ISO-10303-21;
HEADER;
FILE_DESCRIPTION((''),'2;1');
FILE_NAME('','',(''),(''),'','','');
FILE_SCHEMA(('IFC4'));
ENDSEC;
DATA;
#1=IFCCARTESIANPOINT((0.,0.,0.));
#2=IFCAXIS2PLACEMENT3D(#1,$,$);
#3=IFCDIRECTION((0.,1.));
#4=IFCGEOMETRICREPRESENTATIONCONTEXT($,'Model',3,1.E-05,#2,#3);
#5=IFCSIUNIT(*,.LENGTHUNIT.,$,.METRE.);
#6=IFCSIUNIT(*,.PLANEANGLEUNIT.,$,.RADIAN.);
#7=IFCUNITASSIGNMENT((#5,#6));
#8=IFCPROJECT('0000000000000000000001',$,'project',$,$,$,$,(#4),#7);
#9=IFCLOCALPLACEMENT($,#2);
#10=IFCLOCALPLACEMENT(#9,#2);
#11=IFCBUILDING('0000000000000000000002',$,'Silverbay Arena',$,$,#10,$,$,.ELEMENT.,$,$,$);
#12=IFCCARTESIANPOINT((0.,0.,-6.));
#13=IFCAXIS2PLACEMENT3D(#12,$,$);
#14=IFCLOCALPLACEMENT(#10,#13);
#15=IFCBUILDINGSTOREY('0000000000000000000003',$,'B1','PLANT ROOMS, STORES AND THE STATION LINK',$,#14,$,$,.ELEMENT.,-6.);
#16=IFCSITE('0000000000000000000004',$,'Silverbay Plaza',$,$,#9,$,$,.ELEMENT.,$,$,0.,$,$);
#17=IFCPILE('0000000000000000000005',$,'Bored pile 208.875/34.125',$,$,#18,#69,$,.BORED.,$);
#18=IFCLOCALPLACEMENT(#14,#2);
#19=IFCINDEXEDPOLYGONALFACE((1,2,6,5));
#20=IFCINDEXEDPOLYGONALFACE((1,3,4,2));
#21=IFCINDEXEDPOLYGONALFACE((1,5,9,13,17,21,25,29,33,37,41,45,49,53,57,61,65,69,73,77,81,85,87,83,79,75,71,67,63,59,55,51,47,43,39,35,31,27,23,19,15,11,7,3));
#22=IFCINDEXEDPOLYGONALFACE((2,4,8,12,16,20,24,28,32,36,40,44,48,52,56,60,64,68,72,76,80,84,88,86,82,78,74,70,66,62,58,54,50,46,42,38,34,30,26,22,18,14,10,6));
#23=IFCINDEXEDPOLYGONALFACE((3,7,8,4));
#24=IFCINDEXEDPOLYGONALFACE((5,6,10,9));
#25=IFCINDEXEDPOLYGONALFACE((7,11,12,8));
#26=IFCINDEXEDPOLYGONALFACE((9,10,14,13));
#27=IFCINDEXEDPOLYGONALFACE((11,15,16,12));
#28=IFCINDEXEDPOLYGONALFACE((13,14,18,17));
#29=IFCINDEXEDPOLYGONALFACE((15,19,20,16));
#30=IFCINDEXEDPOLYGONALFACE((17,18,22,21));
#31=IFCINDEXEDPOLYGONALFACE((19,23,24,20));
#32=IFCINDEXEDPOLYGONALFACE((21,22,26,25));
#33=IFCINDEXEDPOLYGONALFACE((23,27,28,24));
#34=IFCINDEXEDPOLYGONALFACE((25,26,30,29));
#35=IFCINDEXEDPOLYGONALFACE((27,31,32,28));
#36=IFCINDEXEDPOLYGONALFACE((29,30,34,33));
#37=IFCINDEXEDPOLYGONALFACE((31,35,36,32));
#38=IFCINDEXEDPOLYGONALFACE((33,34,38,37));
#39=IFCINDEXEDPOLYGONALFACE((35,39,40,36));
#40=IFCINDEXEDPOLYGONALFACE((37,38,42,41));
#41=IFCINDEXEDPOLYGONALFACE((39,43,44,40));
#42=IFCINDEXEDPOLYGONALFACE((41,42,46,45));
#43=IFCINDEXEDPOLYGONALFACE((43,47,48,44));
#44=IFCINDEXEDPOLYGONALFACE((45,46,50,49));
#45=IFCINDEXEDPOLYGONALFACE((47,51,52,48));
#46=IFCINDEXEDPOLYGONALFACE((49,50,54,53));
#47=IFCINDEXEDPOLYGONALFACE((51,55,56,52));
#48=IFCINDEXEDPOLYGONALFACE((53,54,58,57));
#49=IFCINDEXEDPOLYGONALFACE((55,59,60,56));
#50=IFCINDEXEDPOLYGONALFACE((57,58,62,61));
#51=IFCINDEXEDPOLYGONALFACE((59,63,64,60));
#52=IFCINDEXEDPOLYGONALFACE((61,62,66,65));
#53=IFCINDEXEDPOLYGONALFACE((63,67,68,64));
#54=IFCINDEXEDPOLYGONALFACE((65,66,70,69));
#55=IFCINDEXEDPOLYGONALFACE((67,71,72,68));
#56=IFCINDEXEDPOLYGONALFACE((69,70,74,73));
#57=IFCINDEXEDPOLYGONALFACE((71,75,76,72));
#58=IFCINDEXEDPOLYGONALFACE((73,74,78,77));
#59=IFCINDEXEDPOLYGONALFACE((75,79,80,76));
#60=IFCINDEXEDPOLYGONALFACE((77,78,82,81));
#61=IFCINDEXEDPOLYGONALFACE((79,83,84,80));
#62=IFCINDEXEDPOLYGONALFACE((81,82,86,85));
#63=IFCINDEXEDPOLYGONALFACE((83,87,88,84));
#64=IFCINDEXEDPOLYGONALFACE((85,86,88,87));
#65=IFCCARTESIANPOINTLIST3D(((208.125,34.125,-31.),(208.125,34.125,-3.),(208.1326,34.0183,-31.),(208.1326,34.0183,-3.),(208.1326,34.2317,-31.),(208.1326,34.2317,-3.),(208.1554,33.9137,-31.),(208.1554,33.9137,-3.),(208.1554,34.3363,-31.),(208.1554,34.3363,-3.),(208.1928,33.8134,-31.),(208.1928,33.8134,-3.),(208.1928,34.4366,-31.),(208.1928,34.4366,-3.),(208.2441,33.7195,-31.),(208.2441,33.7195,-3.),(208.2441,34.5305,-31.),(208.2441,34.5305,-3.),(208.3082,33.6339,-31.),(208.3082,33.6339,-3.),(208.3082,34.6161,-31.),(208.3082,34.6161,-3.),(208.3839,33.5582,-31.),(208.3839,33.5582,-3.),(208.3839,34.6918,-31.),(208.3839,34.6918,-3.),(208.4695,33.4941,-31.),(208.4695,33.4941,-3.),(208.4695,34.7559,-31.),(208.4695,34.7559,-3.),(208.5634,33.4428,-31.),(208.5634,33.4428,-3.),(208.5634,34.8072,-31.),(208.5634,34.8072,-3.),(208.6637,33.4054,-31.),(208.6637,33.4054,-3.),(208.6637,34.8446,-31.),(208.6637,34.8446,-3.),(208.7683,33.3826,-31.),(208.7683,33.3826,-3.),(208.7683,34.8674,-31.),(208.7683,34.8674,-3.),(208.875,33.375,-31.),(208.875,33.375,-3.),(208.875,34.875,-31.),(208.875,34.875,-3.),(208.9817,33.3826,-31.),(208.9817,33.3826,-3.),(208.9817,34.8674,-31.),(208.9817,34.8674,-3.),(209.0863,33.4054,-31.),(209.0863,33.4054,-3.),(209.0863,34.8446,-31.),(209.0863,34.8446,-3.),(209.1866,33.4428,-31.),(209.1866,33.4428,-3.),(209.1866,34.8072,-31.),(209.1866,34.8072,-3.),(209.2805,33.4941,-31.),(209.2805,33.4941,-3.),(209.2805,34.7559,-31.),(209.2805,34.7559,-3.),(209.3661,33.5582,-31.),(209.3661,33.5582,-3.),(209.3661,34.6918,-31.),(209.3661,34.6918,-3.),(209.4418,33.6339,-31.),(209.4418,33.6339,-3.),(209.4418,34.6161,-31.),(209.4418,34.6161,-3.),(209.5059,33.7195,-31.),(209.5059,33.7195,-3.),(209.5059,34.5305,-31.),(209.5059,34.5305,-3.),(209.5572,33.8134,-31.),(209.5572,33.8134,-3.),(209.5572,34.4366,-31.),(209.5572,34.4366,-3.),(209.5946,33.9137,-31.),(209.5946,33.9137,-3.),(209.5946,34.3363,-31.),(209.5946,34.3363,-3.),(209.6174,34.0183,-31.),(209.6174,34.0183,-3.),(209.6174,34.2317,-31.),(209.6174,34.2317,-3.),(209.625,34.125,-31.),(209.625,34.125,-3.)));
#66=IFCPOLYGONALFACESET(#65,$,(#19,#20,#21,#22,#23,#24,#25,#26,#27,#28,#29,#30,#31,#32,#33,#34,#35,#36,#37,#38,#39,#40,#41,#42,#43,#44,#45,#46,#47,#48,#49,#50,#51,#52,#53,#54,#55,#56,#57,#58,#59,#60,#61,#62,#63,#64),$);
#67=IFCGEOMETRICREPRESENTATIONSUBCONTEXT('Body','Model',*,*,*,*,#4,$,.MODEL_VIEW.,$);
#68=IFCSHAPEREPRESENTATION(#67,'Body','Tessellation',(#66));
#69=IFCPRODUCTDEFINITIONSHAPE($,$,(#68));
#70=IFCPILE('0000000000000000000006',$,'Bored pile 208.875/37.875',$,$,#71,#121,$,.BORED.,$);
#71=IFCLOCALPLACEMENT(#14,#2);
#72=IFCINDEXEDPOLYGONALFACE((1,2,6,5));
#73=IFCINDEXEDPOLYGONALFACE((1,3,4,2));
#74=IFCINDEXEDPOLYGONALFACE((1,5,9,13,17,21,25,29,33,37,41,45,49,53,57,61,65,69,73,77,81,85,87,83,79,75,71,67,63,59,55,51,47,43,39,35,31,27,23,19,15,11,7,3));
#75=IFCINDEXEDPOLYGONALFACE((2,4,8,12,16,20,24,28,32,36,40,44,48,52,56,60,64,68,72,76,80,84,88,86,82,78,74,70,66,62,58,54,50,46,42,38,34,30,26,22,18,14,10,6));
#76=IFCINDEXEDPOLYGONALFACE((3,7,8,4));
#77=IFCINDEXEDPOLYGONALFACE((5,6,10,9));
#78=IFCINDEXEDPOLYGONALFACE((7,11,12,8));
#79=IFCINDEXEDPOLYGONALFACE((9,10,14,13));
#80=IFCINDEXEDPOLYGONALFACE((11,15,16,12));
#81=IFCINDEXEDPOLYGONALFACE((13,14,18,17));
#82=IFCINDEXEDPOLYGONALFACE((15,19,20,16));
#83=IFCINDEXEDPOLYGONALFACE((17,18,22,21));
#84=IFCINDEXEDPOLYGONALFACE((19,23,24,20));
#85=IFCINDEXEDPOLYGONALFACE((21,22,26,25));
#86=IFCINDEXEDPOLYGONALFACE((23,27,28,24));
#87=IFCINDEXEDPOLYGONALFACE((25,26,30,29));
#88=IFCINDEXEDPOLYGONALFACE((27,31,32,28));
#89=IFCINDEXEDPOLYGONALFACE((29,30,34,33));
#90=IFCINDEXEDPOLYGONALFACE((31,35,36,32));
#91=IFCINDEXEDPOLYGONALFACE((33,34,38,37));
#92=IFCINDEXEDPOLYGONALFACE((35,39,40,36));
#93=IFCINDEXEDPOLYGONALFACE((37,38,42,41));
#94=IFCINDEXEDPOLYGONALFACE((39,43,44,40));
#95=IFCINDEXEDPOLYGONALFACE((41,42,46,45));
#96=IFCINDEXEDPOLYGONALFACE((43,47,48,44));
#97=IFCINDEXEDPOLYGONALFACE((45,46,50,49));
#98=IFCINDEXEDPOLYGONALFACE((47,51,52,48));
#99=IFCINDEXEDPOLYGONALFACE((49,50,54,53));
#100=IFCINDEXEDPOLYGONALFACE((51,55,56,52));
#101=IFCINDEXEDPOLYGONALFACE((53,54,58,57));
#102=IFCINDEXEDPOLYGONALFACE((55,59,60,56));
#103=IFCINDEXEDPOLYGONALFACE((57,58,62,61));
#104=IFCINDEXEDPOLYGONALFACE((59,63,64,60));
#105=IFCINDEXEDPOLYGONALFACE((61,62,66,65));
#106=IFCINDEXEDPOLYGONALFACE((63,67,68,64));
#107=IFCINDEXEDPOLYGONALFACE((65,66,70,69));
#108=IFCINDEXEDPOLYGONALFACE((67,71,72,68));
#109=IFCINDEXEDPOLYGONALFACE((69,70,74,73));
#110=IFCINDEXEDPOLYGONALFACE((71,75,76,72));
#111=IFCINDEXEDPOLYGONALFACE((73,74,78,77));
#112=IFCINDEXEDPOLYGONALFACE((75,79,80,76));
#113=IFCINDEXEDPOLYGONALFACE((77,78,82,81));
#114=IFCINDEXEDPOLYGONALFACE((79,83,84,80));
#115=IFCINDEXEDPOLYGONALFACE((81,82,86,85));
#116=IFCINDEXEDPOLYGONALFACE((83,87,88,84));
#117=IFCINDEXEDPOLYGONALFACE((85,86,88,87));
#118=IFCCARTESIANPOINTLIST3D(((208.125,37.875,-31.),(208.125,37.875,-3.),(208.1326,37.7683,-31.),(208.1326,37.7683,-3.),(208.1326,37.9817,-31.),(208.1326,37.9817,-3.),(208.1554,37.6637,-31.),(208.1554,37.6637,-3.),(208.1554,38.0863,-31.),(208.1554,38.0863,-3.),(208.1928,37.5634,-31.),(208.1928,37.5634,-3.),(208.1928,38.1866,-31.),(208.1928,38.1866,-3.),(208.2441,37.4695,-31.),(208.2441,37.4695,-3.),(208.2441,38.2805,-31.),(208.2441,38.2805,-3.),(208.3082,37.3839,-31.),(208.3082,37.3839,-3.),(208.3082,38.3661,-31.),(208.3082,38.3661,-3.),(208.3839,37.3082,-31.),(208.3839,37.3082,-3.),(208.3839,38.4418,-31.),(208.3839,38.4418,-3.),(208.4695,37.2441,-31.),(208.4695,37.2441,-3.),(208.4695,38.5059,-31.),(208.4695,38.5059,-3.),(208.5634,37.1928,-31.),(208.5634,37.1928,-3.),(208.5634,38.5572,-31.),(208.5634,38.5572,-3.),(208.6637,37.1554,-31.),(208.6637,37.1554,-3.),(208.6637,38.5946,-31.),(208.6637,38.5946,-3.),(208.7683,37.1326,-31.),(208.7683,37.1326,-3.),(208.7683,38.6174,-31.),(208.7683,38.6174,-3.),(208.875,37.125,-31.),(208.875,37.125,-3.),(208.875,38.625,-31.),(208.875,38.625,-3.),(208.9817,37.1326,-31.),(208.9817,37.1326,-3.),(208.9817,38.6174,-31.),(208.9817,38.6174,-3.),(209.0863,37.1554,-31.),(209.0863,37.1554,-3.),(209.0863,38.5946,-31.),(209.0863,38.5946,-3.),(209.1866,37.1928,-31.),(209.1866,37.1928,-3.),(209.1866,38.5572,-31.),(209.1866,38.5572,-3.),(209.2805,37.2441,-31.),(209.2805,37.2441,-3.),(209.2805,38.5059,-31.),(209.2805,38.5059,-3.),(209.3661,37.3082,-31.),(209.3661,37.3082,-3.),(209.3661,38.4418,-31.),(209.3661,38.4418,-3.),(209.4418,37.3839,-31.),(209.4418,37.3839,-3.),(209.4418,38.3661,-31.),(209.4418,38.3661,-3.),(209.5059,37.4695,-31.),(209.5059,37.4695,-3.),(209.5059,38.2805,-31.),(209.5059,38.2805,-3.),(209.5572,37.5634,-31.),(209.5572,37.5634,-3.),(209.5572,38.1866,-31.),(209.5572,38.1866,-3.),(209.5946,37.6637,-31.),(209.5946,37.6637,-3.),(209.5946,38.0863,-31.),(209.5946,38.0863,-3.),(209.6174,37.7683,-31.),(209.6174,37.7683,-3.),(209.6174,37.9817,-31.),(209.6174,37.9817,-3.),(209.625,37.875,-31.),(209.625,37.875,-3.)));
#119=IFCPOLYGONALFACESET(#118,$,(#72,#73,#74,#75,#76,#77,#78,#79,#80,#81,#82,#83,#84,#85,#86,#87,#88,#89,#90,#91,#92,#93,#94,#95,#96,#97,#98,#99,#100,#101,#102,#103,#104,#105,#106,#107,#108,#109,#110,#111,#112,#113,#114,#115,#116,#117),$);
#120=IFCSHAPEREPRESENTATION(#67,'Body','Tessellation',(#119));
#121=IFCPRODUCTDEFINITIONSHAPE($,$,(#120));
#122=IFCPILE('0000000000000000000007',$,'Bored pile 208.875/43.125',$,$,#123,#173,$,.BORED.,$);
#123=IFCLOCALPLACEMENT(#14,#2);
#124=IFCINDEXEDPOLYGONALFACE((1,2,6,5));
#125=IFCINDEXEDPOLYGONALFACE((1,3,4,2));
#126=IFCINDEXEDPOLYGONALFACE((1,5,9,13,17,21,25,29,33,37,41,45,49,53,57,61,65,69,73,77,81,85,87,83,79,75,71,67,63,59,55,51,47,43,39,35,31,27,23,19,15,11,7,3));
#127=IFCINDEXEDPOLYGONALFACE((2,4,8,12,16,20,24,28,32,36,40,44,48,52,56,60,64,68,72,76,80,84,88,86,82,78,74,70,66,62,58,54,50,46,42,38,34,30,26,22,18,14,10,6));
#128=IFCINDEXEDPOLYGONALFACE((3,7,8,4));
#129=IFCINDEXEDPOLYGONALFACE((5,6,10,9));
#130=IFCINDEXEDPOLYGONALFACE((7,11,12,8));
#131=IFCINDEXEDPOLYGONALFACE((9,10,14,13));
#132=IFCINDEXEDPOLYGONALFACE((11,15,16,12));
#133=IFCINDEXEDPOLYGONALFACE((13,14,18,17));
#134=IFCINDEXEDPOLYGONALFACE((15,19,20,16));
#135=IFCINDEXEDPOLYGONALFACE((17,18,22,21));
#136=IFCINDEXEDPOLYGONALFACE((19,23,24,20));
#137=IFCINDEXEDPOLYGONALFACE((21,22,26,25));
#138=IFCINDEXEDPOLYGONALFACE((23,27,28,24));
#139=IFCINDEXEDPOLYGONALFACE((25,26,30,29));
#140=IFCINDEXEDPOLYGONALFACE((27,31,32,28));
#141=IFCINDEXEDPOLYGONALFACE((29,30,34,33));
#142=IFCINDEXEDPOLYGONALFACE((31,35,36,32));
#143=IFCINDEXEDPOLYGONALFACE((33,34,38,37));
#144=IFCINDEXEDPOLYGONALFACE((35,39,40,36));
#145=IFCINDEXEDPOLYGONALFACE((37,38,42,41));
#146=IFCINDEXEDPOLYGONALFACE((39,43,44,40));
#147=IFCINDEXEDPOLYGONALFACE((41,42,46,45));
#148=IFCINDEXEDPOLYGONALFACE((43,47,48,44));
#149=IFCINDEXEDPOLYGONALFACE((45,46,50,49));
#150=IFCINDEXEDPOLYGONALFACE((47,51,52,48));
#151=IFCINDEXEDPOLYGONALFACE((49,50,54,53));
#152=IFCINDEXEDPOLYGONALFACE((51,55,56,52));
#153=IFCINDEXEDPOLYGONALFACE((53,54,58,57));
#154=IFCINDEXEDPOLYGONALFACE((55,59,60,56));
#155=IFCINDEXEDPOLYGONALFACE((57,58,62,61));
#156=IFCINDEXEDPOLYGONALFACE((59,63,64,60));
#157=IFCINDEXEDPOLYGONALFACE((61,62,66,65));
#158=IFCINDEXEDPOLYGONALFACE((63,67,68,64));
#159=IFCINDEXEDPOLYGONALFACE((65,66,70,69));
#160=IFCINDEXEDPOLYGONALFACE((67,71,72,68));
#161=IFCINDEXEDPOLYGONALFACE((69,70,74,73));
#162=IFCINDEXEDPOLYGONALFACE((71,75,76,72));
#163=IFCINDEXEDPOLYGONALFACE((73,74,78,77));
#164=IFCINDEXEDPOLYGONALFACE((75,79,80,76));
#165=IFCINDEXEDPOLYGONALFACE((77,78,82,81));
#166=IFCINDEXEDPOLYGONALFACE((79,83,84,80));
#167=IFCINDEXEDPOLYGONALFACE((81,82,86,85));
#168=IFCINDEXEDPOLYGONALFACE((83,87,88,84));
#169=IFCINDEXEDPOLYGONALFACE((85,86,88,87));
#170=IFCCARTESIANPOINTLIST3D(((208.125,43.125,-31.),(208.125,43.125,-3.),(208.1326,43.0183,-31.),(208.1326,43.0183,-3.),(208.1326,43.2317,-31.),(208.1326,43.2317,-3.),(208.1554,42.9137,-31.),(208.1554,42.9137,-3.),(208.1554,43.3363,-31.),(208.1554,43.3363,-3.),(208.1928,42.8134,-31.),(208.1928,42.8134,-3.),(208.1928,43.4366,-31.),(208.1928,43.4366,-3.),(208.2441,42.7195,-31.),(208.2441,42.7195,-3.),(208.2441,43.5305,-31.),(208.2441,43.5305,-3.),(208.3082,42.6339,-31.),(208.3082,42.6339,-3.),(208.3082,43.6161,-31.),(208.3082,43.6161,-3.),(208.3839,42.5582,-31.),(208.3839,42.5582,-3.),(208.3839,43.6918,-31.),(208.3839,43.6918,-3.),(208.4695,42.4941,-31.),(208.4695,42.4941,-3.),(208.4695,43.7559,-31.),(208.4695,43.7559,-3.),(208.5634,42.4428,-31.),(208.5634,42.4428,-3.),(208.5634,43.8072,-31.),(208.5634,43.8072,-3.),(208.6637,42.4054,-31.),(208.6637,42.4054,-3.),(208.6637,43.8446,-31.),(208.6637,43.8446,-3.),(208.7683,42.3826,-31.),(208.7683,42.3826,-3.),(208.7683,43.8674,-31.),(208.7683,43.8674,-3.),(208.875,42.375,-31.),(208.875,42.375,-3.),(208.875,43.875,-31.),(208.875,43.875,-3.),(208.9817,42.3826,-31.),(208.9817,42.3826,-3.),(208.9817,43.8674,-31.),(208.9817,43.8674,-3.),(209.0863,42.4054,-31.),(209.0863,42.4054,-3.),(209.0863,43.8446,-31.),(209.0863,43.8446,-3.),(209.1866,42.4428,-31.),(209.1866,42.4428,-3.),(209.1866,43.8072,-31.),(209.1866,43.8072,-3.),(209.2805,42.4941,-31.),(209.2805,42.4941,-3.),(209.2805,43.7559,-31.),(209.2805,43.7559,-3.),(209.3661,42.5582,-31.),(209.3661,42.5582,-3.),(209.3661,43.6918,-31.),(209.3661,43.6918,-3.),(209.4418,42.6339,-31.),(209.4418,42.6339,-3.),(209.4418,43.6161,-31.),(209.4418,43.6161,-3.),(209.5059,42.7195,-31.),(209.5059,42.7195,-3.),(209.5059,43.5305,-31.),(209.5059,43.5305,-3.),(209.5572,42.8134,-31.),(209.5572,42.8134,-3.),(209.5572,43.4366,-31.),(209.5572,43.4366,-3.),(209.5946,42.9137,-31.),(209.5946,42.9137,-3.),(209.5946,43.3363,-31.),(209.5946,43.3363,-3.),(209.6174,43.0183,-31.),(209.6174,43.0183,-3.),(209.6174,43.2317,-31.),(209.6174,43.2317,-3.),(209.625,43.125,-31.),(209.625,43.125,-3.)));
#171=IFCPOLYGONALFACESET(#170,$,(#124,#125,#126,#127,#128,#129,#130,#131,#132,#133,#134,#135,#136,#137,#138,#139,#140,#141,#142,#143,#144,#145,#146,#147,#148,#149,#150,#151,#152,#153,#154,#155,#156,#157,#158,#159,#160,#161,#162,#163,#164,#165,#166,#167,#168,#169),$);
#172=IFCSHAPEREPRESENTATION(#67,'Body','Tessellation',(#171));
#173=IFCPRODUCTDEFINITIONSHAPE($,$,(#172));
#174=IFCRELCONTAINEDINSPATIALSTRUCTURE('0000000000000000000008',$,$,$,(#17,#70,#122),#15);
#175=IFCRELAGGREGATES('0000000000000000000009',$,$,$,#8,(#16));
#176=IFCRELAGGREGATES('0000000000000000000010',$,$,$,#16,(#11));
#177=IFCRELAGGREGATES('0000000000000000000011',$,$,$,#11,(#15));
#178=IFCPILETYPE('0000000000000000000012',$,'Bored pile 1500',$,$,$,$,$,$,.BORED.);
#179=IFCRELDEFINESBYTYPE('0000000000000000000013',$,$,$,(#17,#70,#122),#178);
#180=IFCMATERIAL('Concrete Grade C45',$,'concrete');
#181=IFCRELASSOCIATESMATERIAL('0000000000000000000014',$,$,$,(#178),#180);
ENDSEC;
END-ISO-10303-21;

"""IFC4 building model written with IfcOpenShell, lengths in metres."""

from ifc_helpers import new_model, si_unit, direction, frame, origin, origin_2d, place, context, subcontext, project, spatial, circle, extrude, material, material_profile, profile_set, type_object, element, save


model = new_model("IFC4")

# Units and contexts
model_context = context("Model", 3, precision=1e-05, world=origin(), true_north=direction((0.0, 1.0)))
body_context = subcontext(model_context, "Body", "Model", "MODEL_VIEW")
ifc_project = project(units=[si_unit("LENGTHUNIT", "METRE"), si_unit("PLANEANGLEUNIT", "RADIAN")], contexts=[model_context])

# Site, building, storey
site_placement = place(None, origin())
site = spatial("IfcSite", under=ifc_project, at=site_placement, Name="Silverbay Plaza", CompositionType="ELEMENT", RefElevation=0.0)
building_placement = place(site_placement, origin())
building = spatial("IfcBuilding", under=site, at=building_placement, Name="Silverbay Arena", CompositionType="ELEMENT")
storey_placement = place(building_placement, frame((0.0, 0.0, -6.0)))
storey = spatial("IfcBuildingStorey", under=building, at=storey_placement, Name="B1", Description="PLANT ROOMS, STORES AND THE STATION LINK", CompositionType="ELEMENT", Elevation=-6.0)

# Piles
ifc_material_1 = material(Name="Concrete Grade C45", Category="concrete")
ifc_material_profile_1 = material_profile(ifc_material_1, circle(Radius=0.75, at=origin_2d()), Name="Bored pile 1500")
ifc_profile_set_1 = profile_set([ifc_material_profile_1], Name="Concrete Grade C45")
pile_type_1 = type_object("IfcPileType", Name="Bored pile 1500", PredefinedType="BORED", material=ifc_profile_set_1)
for number, where, z_axis, x_axis, name in (
    (1, (208.875, 34.125, -3.0), (0.0, 0.0, -1.0), (1.0, 0.0, 0.0), "Bored pile 208.875/34.125"),
    (2, (208.875, 37.875, -3.0), (0.0, 0.0, -1.0), (1.0, 0.0, 0.0), "Bored pile 208.875/37.875"),
    (3, (208.875, 43.125, -3.0), (0.0, 0.0, -1.0), (1.0, 0.0, 0.0), "Bored pile 208.875/43.125"),
):
    element("IfcPile", number, at=place(storey_placement, frame(where, z_axis=z_axis, x_axis=x_axis)), inside=storey, type_object=pile_type_1, Name=name, PredefinedType="BORED", context=body_context, shape_type="SweptSolid", body=[
        extrude(circle(Radius=0.75, at=origin_2d()), origin(), (0.0, 0.0, 1.0), 28.0),
    ])

save(model, "model.ifc")
